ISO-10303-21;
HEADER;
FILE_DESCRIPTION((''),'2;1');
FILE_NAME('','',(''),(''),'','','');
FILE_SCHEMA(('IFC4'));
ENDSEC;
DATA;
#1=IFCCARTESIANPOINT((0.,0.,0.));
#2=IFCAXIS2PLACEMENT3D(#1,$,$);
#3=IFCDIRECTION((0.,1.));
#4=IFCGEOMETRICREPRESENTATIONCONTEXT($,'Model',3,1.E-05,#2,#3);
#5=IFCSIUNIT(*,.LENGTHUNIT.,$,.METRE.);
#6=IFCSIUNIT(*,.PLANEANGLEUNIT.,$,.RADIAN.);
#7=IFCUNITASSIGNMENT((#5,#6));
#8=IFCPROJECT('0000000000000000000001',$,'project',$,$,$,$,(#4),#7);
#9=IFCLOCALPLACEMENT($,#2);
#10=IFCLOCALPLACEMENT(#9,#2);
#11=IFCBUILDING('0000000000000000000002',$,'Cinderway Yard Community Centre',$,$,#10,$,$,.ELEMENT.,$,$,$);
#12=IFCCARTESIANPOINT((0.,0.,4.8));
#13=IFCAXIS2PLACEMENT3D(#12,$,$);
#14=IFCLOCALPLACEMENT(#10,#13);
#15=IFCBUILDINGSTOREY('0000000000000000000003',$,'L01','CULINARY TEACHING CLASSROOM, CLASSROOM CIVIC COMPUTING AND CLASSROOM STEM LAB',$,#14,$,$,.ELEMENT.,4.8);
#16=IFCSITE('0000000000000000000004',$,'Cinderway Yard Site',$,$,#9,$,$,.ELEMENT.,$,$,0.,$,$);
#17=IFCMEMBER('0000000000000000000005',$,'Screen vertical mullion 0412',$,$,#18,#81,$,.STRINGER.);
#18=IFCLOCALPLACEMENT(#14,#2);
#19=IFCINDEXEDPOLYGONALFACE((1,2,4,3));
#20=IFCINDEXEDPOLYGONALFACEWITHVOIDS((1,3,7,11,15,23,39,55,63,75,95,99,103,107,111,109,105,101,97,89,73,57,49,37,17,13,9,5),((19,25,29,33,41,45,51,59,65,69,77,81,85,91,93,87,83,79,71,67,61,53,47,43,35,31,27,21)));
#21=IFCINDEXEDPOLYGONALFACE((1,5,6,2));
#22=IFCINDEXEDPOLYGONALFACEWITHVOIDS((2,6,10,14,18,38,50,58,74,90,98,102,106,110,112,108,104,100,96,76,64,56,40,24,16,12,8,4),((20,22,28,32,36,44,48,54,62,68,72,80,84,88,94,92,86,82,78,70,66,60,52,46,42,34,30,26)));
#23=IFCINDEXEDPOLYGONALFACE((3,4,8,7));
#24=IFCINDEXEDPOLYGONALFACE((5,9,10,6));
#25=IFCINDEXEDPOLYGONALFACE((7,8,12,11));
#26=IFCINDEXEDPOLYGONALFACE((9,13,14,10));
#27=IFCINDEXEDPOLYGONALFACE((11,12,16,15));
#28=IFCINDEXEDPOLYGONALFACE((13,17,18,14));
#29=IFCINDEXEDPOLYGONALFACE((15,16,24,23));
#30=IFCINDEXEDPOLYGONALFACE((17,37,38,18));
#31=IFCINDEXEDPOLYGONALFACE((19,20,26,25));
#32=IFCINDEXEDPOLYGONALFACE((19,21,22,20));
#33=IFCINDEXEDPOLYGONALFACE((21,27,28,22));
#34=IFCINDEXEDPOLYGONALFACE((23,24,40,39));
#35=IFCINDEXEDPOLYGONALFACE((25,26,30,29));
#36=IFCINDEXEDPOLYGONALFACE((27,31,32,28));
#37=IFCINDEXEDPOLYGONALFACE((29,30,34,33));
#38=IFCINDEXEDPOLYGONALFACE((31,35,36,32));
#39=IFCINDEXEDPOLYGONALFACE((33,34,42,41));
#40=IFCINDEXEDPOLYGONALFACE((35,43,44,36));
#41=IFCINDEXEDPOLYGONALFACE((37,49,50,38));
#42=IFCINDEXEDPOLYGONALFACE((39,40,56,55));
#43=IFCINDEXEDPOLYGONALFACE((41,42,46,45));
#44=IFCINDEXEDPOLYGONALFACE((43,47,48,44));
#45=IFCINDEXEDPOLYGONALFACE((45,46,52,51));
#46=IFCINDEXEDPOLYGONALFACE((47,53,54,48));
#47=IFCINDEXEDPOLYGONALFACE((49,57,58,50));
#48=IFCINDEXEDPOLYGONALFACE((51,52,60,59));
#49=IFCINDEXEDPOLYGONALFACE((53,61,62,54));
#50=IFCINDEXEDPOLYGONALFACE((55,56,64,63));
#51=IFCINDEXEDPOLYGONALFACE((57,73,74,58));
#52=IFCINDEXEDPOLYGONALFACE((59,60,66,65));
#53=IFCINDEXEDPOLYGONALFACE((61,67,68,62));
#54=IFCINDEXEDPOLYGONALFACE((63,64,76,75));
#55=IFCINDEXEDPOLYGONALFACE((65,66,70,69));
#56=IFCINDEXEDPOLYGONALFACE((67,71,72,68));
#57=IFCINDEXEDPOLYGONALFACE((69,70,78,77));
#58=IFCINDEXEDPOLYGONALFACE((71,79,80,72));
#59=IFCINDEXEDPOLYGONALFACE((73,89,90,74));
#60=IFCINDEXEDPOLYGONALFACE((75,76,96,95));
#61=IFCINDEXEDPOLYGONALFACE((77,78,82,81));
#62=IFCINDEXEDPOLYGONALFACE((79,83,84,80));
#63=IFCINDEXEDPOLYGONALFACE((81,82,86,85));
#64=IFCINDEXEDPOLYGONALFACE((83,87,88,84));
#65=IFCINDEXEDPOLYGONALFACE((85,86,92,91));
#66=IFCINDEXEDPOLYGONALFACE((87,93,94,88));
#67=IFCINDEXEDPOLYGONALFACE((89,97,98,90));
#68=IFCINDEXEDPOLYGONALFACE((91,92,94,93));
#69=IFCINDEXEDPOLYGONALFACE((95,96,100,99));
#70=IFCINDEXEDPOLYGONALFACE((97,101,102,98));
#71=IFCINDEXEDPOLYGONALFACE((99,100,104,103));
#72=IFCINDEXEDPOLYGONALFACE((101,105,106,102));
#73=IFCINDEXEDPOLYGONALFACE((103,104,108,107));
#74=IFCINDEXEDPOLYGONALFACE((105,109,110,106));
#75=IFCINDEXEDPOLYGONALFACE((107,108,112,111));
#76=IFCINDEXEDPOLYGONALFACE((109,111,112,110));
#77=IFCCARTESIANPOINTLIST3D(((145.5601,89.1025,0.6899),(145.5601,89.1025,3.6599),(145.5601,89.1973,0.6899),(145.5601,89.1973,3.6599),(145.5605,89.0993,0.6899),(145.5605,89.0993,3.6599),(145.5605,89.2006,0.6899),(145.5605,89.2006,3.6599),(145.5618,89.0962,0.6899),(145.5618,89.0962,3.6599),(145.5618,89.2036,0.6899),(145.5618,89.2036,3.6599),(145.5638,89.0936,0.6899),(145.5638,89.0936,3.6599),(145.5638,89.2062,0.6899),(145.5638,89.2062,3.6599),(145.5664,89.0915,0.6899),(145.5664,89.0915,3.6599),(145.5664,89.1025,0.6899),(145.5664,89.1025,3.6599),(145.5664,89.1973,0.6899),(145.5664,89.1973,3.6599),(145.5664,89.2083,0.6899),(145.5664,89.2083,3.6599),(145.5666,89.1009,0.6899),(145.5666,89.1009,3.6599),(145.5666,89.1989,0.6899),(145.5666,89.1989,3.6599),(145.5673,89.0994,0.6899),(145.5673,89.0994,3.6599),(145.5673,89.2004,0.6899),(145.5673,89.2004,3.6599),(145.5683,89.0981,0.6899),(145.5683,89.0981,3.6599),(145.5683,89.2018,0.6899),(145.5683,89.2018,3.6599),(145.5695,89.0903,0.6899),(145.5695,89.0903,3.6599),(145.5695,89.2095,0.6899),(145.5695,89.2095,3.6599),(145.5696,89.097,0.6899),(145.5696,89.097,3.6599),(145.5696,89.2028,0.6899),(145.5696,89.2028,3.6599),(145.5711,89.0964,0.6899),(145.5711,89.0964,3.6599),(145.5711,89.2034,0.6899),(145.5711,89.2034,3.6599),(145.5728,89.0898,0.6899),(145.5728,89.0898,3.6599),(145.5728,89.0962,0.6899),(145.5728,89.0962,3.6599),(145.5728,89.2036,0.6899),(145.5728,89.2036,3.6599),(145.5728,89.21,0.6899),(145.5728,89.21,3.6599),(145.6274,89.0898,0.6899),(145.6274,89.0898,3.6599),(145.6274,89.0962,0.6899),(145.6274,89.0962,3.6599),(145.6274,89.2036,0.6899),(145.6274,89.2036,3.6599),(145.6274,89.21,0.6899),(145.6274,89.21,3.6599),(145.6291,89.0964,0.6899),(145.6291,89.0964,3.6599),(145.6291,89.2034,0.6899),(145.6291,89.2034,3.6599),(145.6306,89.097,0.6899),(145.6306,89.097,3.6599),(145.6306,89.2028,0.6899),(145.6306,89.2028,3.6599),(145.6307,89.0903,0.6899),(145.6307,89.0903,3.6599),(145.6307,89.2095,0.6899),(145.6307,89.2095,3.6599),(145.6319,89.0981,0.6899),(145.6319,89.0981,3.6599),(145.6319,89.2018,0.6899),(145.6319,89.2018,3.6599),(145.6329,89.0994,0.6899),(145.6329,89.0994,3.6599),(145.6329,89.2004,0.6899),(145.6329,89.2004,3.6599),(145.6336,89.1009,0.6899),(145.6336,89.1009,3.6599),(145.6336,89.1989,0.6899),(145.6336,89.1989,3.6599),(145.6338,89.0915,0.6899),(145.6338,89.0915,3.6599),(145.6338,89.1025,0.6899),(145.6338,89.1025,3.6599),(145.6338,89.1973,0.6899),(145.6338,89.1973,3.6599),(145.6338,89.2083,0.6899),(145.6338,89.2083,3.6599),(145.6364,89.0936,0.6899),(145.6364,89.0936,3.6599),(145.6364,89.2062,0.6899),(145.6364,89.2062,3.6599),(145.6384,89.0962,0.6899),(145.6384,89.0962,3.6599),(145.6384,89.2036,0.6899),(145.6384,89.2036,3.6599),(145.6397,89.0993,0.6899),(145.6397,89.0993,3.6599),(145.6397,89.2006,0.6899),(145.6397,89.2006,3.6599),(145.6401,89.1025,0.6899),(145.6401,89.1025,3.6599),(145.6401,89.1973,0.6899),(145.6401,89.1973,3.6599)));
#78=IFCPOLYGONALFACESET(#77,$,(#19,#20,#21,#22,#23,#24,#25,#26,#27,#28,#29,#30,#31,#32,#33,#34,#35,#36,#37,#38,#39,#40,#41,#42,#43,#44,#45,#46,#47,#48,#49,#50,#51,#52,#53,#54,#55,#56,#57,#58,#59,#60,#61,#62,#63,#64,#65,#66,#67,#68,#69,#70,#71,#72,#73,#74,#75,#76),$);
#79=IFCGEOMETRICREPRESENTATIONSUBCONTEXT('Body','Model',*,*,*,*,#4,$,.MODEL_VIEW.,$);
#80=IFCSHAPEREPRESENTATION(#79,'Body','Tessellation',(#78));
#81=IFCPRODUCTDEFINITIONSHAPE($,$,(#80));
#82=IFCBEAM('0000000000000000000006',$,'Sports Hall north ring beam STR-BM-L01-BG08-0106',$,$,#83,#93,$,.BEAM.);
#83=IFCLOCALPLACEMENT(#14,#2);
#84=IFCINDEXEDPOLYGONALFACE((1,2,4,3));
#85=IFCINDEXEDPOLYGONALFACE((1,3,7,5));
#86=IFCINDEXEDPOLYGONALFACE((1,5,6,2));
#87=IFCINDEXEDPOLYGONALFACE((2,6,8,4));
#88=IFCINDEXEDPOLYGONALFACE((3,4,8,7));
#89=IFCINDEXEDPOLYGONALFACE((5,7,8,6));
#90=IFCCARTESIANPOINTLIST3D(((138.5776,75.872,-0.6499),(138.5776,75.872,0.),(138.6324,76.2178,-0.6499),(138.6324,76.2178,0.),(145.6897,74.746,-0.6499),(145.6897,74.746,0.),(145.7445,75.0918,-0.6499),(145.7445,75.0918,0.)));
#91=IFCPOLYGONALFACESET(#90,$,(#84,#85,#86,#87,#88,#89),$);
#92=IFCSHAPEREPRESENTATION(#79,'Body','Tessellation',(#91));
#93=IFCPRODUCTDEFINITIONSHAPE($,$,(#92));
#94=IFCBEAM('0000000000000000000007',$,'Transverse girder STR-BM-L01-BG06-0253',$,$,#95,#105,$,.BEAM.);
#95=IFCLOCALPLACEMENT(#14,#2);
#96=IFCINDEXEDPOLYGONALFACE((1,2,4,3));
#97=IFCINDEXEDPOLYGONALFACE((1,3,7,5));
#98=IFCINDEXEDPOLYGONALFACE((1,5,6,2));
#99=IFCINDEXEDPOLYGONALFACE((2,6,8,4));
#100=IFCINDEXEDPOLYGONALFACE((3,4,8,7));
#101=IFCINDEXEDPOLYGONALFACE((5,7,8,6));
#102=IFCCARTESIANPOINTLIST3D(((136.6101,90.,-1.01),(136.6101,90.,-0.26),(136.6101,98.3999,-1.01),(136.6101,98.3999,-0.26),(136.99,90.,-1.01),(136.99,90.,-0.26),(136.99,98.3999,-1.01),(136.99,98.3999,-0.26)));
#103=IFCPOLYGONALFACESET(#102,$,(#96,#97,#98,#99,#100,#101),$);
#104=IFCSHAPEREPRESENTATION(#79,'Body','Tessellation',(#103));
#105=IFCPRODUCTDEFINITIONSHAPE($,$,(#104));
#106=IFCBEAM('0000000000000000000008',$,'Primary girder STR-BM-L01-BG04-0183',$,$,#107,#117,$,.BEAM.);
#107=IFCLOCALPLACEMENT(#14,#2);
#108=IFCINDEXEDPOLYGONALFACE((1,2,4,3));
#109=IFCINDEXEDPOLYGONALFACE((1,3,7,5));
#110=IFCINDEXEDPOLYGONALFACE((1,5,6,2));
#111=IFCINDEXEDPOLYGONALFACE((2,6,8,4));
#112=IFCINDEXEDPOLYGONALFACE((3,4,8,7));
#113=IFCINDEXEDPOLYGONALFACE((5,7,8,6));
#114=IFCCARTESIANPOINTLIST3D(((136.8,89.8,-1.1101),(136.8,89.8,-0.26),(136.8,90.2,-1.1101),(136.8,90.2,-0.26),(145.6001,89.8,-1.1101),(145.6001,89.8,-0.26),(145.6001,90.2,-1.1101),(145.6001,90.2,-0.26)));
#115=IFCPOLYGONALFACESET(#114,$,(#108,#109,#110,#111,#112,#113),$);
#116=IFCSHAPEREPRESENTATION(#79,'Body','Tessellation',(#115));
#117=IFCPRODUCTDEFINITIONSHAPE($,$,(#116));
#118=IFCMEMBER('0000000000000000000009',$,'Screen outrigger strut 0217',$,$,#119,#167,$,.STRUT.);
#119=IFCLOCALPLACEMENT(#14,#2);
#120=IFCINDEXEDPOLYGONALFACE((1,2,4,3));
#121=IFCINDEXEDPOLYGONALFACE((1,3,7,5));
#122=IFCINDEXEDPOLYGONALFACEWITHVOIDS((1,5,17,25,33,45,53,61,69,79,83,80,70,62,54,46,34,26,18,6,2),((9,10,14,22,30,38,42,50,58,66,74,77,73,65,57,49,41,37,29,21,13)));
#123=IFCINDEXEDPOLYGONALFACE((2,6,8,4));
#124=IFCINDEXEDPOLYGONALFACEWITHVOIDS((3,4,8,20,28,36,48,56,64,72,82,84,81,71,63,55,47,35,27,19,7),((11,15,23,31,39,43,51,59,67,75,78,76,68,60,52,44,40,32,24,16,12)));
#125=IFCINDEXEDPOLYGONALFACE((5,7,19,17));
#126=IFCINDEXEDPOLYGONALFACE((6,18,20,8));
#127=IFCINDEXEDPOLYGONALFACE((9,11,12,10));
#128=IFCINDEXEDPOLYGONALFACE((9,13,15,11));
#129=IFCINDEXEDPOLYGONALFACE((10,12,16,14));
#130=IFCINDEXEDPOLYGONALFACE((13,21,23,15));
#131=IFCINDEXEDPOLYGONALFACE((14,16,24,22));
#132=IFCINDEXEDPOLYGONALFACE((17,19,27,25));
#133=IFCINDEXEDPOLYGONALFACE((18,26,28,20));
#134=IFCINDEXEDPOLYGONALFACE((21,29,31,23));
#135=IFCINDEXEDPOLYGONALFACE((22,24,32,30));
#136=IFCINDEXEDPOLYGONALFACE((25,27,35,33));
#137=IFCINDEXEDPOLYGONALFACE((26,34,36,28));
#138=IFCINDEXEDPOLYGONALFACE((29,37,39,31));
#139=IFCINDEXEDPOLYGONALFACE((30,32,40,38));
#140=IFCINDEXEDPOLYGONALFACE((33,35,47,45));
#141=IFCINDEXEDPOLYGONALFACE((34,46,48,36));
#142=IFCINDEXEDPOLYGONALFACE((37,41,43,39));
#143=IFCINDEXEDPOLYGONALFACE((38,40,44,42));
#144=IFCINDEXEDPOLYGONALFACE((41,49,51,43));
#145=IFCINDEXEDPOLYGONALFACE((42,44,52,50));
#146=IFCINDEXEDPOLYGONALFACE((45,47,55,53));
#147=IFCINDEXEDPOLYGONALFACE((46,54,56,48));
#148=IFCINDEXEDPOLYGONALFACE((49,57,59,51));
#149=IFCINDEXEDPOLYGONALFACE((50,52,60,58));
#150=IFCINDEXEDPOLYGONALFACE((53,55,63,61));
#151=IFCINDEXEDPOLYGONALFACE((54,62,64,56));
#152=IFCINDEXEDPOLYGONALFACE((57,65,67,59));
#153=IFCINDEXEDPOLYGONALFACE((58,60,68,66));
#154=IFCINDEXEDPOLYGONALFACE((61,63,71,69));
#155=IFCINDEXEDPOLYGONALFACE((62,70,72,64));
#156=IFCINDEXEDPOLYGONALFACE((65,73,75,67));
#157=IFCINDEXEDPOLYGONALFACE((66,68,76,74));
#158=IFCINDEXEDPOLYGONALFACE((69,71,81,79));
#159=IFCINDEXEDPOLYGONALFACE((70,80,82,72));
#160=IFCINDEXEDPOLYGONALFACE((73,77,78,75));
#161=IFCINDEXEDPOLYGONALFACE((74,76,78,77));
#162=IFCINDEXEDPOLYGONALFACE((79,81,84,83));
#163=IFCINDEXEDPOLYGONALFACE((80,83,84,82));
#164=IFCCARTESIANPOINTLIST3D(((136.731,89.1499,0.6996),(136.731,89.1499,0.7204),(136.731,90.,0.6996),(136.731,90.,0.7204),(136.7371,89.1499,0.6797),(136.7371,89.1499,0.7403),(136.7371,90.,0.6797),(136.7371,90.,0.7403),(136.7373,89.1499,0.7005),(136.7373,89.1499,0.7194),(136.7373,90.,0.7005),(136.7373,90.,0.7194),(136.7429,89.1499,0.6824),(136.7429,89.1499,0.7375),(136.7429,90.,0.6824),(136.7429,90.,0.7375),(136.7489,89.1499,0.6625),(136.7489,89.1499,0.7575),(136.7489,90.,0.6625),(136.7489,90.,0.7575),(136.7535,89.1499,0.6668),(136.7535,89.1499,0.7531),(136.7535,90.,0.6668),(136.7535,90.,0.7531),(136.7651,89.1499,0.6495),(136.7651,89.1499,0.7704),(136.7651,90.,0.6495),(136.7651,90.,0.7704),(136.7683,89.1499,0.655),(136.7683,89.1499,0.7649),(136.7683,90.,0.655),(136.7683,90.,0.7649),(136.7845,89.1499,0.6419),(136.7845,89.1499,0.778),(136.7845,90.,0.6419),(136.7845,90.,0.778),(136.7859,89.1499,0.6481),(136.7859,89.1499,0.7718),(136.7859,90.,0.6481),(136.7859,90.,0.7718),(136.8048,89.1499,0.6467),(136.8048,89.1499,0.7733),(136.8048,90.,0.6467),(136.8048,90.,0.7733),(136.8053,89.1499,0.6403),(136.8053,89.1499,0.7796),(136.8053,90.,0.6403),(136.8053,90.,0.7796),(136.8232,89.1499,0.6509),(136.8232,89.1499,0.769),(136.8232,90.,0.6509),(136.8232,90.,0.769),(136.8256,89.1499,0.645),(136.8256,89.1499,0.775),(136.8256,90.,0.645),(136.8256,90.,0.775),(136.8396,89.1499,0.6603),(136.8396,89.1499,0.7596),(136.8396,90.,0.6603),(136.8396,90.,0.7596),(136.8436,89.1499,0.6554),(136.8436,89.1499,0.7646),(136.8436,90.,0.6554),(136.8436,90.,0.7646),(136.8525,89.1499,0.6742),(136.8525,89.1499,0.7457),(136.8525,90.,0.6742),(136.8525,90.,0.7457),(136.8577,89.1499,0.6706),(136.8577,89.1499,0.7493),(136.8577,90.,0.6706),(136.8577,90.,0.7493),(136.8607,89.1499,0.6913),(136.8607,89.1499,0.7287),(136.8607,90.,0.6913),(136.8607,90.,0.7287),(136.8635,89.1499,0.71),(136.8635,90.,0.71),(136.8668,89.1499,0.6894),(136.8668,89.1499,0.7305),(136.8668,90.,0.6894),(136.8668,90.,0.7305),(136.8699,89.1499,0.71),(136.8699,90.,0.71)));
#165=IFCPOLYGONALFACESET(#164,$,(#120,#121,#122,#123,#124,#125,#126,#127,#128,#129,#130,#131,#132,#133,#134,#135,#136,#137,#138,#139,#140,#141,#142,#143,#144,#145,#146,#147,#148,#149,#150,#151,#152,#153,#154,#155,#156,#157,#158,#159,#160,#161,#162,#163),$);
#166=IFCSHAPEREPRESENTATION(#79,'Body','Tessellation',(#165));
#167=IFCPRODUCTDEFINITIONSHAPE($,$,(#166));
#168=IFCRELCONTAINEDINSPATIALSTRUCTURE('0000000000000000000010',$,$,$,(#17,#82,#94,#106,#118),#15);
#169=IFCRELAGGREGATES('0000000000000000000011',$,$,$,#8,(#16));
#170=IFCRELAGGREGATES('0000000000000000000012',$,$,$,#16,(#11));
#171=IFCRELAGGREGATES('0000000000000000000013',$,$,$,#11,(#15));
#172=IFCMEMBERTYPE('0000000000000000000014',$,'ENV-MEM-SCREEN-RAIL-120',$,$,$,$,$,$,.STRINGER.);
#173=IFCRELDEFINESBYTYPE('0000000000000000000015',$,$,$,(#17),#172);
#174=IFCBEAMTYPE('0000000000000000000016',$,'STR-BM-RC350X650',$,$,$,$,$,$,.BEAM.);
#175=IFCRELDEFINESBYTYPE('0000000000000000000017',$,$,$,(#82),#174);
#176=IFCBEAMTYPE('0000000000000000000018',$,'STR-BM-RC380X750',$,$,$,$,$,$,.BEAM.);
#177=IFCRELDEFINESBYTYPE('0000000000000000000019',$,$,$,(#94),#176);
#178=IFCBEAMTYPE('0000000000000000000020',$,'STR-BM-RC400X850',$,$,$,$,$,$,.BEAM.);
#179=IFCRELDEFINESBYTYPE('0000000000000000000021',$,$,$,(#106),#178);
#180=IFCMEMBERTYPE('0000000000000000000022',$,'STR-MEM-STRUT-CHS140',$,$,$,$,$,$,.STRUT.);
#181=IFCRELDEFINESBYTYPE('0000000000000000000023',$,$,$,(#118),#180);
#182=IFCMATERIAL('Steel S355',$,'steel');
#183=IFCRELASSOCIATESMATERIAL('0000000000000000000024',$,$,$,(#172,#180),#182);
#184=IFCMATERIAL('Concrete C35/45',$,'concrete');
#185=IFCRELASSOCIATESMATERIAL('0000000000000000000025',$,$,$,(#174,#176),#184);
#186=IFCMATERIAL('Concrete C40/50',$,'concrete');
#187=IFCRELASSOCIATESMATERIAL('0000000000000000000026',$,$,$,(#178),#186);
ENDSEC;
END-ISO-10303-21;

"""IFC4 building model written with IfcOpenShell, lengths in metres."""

from ifc_helpers import new_model, si_unit, direction, frame, origin, origin_2d, place, context, subcontext, project, spatial, rectangle, hollow_rectangle, hollow_circle, extrude, material, material_profile, profile_set, type_object, element, save


model = new_model("IFC4")

# Units and contexts
model_context = context("Model", 3, precision=1e-05, world=origin(), true_north=direction((0.0, 1.0)))
body_context = subcontext(model_context, "Body", "Model", "MODEL_VIEW")
ifc_project = project(units=[si_unit("LENGTHUNIT", "METRE"), si_unit("PLANEANGLEUNIT", "RADIAN")], contexts=[model_context])

# Site, building, storey
site_placement = place(None, origin())
site = spatial("IfcSite", under=ifc_project, at=site_placement, Name="Cinderway Yard Site", CompositionType="ELEMENT", RefElevation=0.0)
building_placement = place(site_placement, origin())
building = spatial("IfcBuilding", under=site, at=building_placement, Name="Cinderway Yard Community Centre", CompositionType="ELEMENT")
storey_placement = place(building_placement, frame((0.0, 0.0, 4.8)))
storey = spatial("IfcBuildingStorey", under=building, at=storey_placement, Name="L01", Description="CULINARY TEACHING CLASSROOM, CLASSROOM CIVIC COMPUTING AND CLASSROOM STEM LAB", CompositionType="ELEMENT", Elevation=4.8)

# Shared definitions
ifc_material_1 = material(Name="Concrete C40/50", Category="concrete")

# Member
ifc_material_2 = material(Name="Steel S355", Category="steel")
ifc_material_profile_1 = material_profile(ifc_material_2, hollow_rectangle(XDim=0.0801, YDim=0.1201, WallThickness=0.0063, InnerFilletRadius=0.0063, OuterFilletRadius=0.0127, at=origin_2d()), Name="Steel S355")
ifc_profile_set_1 = profile_set([ifc_material_profile_1], Name="Steel S355")
member_type_1 = type_object("IfcMemberType", Name="ENV-MEM-SCREEN-RAIL-120", PredefinedType="STRINGER", material=ifc_profile_set_1)
for number, where, z_axis, x_axis, name in (
    (1, (145.6001, 89.1499, 0.6899), (0.0, 0.0, 1.0), (1.0, 0.0, 0.0), "Screen vertical mullion 0412"),
):
    element("IfcMember", number, at=place(storey_placement, frame(where, z_axis=z_axis, x_axis=x_axis)), inside=storey, type_object=member_type_1, Name=name, PredefinedType="STRINGER", context=body_context, shape_type="SweptSolid", body=[
        extrude(hollow_rectangle(XDim=0.0801, YDim=0.1201, WallThickness=0.0063, InnerFilletRadius=0.0063, OuterFilletRadius=0.0127, at=origin_2d()), origin(), (0.0, 0.0, 1.0), 2.97),
    ])

# Beams
ifc_material_3 = material(Name="Concrete C35/45", Category="concrete")
ifc_material_profile_2 = material_profile(ifc_material_3, rectangle(XDim=0.3501, YDim=0.6499, at=origin_2d()), Name="Concrete C35/45")
ifc_profile_set_2 = profile_set([ifc_material_profile_2], Name="Concrete C35/45")
beam_type_1 = type_object("IfcBeamType", Name="STR-BM-RC350X650", PredefinedType="BEAM", material=ifc_profile_set_2)
beam_1_placement = place(storey_placement, frame((138.605, 76.0449, -0.325), z_axis=(0.987698, -0.156372, 0.0), x_axis=(0.156372, 0.987698, 0.0)))
element("IfcBeam", 2, at=beam_1_placement, inside=storey, type_object=beam_type_1, Name="Sports Hall north ring beam STR-BM-L01-BG08-0106", PredefinedType="BEAM", context=body_context, shape_type="SweptSolid", body=[
    extrude(rectangle(XDim=0.3501, YDim=0.6499, at=origin_2d()), origin(), (0.0, 0.0, 1.0), 7.2007),
])
ifc_material_profile_3 = material_profile(ifc_material_3, rectangle(XDim=0.3799, YDim=0.75, at=origin_2d()), Name="Concrete C35/45")
ifc_profile_set_3 = profile_set([ifc_material_profile_3], Name="Concrete C35/45")
beam_type_2 = type_object("IfcBeamType", Name="STR-BM-RC380X750", PredefinedType="BEAM", material=ifc_profile_set_3)
beam_2_placement = place(storey_placement, frame((136.8, 90.0, -0.635), z_axis=(0.0, 1.0, 0.0), x_axis=(-1.0, 0.0, 0.0)))
element("IfcBeam", 3, at=beam_2_placement, inside=storey, type_object=beam_type_2, Name="Transverse girder STR-BM-L01-BG06-0253", PredefinedType="BEAM", context=body_context, shape_type="SweptSolid", body=[
    extrude(rectangle(XDim=0.3799, YDim=0.75, at=origin_2d()), origin(), (0.0, 0.0, 1.0), 8.3999),
])
ifc_material_profile_4 = material_profile(ifc_material_1, rectangle(XDim=0.3999, YDim=0.8501, at=origin_2d()), Name="Concrete C40/50")
ifc_profile_set_4 = profile_set([ifc_material_profile_4], Name="Concrete C40/50")
beam_type_3 = type_object("IfcBeamType", Name="STR-BM-RC400X850", PredefinedType="BEAM", material=ifc_profile_set_4)
beam_3_placement = place(storey_placement, frame((136.8, 90.0, -0.6851), z_axis=(1.0, 0.0, 0.0), x_axis=(0.0, 1.0, 0.0)))
element("IfcBeam", 4, at=beam_3_placement, inside=storey, type_object=beam_type_3, Name="Primary girder STR-BM-L01-BG04-0183", PredefinedType="BEAM", context=body_context, shape_type="SweptSolid", body=[
    extrude(rectangle(XDim=0.3999, YDim=0.8501, at=origin_2d()), origin(), (0.0, 0.0, 1.0), 8.8),
])

# Member
ifc_material_profile_5 = material_profile(ifc_material_2, hollow_circle(Radius=0.0698, WallThickness=0.0063, at=origin_2d()), Name="Steel S355")
ifc_profile_set_5 = profile_set([ifc_material_profile_5], Name="Steel S355")
member_type_2 = type_object("IfcMemberType", Name="STR-MEM-STRUT-CHS140", PredefinedType="STRUT", material=ifc_profile_set_5)
for number, where, z_axis, x_axis, name in (
    (5, (136.8, 90.0, 0.71), (0.0, -1.0, 0.0), (1.0, 0.0, 0.0), "Screen outrigger strut 0217"),
):
    element("IfcMember", number, at=place(storey_placement, frame(where, z_axis=z_axis, x_axis=x_axis)), inside=storey, type_object=member_type_2, Name=name, PredefinedType="STRUT", context=body_context, shape_type="SweptSolid", body=[
        extrude(hollow_circle(Radius=0.0698, WallThickness=0.0063, at=origin_2d()), origin(), (0.0, 0.0, 1.0), 0.8501),
    ])

save(model, "model.ifc")
